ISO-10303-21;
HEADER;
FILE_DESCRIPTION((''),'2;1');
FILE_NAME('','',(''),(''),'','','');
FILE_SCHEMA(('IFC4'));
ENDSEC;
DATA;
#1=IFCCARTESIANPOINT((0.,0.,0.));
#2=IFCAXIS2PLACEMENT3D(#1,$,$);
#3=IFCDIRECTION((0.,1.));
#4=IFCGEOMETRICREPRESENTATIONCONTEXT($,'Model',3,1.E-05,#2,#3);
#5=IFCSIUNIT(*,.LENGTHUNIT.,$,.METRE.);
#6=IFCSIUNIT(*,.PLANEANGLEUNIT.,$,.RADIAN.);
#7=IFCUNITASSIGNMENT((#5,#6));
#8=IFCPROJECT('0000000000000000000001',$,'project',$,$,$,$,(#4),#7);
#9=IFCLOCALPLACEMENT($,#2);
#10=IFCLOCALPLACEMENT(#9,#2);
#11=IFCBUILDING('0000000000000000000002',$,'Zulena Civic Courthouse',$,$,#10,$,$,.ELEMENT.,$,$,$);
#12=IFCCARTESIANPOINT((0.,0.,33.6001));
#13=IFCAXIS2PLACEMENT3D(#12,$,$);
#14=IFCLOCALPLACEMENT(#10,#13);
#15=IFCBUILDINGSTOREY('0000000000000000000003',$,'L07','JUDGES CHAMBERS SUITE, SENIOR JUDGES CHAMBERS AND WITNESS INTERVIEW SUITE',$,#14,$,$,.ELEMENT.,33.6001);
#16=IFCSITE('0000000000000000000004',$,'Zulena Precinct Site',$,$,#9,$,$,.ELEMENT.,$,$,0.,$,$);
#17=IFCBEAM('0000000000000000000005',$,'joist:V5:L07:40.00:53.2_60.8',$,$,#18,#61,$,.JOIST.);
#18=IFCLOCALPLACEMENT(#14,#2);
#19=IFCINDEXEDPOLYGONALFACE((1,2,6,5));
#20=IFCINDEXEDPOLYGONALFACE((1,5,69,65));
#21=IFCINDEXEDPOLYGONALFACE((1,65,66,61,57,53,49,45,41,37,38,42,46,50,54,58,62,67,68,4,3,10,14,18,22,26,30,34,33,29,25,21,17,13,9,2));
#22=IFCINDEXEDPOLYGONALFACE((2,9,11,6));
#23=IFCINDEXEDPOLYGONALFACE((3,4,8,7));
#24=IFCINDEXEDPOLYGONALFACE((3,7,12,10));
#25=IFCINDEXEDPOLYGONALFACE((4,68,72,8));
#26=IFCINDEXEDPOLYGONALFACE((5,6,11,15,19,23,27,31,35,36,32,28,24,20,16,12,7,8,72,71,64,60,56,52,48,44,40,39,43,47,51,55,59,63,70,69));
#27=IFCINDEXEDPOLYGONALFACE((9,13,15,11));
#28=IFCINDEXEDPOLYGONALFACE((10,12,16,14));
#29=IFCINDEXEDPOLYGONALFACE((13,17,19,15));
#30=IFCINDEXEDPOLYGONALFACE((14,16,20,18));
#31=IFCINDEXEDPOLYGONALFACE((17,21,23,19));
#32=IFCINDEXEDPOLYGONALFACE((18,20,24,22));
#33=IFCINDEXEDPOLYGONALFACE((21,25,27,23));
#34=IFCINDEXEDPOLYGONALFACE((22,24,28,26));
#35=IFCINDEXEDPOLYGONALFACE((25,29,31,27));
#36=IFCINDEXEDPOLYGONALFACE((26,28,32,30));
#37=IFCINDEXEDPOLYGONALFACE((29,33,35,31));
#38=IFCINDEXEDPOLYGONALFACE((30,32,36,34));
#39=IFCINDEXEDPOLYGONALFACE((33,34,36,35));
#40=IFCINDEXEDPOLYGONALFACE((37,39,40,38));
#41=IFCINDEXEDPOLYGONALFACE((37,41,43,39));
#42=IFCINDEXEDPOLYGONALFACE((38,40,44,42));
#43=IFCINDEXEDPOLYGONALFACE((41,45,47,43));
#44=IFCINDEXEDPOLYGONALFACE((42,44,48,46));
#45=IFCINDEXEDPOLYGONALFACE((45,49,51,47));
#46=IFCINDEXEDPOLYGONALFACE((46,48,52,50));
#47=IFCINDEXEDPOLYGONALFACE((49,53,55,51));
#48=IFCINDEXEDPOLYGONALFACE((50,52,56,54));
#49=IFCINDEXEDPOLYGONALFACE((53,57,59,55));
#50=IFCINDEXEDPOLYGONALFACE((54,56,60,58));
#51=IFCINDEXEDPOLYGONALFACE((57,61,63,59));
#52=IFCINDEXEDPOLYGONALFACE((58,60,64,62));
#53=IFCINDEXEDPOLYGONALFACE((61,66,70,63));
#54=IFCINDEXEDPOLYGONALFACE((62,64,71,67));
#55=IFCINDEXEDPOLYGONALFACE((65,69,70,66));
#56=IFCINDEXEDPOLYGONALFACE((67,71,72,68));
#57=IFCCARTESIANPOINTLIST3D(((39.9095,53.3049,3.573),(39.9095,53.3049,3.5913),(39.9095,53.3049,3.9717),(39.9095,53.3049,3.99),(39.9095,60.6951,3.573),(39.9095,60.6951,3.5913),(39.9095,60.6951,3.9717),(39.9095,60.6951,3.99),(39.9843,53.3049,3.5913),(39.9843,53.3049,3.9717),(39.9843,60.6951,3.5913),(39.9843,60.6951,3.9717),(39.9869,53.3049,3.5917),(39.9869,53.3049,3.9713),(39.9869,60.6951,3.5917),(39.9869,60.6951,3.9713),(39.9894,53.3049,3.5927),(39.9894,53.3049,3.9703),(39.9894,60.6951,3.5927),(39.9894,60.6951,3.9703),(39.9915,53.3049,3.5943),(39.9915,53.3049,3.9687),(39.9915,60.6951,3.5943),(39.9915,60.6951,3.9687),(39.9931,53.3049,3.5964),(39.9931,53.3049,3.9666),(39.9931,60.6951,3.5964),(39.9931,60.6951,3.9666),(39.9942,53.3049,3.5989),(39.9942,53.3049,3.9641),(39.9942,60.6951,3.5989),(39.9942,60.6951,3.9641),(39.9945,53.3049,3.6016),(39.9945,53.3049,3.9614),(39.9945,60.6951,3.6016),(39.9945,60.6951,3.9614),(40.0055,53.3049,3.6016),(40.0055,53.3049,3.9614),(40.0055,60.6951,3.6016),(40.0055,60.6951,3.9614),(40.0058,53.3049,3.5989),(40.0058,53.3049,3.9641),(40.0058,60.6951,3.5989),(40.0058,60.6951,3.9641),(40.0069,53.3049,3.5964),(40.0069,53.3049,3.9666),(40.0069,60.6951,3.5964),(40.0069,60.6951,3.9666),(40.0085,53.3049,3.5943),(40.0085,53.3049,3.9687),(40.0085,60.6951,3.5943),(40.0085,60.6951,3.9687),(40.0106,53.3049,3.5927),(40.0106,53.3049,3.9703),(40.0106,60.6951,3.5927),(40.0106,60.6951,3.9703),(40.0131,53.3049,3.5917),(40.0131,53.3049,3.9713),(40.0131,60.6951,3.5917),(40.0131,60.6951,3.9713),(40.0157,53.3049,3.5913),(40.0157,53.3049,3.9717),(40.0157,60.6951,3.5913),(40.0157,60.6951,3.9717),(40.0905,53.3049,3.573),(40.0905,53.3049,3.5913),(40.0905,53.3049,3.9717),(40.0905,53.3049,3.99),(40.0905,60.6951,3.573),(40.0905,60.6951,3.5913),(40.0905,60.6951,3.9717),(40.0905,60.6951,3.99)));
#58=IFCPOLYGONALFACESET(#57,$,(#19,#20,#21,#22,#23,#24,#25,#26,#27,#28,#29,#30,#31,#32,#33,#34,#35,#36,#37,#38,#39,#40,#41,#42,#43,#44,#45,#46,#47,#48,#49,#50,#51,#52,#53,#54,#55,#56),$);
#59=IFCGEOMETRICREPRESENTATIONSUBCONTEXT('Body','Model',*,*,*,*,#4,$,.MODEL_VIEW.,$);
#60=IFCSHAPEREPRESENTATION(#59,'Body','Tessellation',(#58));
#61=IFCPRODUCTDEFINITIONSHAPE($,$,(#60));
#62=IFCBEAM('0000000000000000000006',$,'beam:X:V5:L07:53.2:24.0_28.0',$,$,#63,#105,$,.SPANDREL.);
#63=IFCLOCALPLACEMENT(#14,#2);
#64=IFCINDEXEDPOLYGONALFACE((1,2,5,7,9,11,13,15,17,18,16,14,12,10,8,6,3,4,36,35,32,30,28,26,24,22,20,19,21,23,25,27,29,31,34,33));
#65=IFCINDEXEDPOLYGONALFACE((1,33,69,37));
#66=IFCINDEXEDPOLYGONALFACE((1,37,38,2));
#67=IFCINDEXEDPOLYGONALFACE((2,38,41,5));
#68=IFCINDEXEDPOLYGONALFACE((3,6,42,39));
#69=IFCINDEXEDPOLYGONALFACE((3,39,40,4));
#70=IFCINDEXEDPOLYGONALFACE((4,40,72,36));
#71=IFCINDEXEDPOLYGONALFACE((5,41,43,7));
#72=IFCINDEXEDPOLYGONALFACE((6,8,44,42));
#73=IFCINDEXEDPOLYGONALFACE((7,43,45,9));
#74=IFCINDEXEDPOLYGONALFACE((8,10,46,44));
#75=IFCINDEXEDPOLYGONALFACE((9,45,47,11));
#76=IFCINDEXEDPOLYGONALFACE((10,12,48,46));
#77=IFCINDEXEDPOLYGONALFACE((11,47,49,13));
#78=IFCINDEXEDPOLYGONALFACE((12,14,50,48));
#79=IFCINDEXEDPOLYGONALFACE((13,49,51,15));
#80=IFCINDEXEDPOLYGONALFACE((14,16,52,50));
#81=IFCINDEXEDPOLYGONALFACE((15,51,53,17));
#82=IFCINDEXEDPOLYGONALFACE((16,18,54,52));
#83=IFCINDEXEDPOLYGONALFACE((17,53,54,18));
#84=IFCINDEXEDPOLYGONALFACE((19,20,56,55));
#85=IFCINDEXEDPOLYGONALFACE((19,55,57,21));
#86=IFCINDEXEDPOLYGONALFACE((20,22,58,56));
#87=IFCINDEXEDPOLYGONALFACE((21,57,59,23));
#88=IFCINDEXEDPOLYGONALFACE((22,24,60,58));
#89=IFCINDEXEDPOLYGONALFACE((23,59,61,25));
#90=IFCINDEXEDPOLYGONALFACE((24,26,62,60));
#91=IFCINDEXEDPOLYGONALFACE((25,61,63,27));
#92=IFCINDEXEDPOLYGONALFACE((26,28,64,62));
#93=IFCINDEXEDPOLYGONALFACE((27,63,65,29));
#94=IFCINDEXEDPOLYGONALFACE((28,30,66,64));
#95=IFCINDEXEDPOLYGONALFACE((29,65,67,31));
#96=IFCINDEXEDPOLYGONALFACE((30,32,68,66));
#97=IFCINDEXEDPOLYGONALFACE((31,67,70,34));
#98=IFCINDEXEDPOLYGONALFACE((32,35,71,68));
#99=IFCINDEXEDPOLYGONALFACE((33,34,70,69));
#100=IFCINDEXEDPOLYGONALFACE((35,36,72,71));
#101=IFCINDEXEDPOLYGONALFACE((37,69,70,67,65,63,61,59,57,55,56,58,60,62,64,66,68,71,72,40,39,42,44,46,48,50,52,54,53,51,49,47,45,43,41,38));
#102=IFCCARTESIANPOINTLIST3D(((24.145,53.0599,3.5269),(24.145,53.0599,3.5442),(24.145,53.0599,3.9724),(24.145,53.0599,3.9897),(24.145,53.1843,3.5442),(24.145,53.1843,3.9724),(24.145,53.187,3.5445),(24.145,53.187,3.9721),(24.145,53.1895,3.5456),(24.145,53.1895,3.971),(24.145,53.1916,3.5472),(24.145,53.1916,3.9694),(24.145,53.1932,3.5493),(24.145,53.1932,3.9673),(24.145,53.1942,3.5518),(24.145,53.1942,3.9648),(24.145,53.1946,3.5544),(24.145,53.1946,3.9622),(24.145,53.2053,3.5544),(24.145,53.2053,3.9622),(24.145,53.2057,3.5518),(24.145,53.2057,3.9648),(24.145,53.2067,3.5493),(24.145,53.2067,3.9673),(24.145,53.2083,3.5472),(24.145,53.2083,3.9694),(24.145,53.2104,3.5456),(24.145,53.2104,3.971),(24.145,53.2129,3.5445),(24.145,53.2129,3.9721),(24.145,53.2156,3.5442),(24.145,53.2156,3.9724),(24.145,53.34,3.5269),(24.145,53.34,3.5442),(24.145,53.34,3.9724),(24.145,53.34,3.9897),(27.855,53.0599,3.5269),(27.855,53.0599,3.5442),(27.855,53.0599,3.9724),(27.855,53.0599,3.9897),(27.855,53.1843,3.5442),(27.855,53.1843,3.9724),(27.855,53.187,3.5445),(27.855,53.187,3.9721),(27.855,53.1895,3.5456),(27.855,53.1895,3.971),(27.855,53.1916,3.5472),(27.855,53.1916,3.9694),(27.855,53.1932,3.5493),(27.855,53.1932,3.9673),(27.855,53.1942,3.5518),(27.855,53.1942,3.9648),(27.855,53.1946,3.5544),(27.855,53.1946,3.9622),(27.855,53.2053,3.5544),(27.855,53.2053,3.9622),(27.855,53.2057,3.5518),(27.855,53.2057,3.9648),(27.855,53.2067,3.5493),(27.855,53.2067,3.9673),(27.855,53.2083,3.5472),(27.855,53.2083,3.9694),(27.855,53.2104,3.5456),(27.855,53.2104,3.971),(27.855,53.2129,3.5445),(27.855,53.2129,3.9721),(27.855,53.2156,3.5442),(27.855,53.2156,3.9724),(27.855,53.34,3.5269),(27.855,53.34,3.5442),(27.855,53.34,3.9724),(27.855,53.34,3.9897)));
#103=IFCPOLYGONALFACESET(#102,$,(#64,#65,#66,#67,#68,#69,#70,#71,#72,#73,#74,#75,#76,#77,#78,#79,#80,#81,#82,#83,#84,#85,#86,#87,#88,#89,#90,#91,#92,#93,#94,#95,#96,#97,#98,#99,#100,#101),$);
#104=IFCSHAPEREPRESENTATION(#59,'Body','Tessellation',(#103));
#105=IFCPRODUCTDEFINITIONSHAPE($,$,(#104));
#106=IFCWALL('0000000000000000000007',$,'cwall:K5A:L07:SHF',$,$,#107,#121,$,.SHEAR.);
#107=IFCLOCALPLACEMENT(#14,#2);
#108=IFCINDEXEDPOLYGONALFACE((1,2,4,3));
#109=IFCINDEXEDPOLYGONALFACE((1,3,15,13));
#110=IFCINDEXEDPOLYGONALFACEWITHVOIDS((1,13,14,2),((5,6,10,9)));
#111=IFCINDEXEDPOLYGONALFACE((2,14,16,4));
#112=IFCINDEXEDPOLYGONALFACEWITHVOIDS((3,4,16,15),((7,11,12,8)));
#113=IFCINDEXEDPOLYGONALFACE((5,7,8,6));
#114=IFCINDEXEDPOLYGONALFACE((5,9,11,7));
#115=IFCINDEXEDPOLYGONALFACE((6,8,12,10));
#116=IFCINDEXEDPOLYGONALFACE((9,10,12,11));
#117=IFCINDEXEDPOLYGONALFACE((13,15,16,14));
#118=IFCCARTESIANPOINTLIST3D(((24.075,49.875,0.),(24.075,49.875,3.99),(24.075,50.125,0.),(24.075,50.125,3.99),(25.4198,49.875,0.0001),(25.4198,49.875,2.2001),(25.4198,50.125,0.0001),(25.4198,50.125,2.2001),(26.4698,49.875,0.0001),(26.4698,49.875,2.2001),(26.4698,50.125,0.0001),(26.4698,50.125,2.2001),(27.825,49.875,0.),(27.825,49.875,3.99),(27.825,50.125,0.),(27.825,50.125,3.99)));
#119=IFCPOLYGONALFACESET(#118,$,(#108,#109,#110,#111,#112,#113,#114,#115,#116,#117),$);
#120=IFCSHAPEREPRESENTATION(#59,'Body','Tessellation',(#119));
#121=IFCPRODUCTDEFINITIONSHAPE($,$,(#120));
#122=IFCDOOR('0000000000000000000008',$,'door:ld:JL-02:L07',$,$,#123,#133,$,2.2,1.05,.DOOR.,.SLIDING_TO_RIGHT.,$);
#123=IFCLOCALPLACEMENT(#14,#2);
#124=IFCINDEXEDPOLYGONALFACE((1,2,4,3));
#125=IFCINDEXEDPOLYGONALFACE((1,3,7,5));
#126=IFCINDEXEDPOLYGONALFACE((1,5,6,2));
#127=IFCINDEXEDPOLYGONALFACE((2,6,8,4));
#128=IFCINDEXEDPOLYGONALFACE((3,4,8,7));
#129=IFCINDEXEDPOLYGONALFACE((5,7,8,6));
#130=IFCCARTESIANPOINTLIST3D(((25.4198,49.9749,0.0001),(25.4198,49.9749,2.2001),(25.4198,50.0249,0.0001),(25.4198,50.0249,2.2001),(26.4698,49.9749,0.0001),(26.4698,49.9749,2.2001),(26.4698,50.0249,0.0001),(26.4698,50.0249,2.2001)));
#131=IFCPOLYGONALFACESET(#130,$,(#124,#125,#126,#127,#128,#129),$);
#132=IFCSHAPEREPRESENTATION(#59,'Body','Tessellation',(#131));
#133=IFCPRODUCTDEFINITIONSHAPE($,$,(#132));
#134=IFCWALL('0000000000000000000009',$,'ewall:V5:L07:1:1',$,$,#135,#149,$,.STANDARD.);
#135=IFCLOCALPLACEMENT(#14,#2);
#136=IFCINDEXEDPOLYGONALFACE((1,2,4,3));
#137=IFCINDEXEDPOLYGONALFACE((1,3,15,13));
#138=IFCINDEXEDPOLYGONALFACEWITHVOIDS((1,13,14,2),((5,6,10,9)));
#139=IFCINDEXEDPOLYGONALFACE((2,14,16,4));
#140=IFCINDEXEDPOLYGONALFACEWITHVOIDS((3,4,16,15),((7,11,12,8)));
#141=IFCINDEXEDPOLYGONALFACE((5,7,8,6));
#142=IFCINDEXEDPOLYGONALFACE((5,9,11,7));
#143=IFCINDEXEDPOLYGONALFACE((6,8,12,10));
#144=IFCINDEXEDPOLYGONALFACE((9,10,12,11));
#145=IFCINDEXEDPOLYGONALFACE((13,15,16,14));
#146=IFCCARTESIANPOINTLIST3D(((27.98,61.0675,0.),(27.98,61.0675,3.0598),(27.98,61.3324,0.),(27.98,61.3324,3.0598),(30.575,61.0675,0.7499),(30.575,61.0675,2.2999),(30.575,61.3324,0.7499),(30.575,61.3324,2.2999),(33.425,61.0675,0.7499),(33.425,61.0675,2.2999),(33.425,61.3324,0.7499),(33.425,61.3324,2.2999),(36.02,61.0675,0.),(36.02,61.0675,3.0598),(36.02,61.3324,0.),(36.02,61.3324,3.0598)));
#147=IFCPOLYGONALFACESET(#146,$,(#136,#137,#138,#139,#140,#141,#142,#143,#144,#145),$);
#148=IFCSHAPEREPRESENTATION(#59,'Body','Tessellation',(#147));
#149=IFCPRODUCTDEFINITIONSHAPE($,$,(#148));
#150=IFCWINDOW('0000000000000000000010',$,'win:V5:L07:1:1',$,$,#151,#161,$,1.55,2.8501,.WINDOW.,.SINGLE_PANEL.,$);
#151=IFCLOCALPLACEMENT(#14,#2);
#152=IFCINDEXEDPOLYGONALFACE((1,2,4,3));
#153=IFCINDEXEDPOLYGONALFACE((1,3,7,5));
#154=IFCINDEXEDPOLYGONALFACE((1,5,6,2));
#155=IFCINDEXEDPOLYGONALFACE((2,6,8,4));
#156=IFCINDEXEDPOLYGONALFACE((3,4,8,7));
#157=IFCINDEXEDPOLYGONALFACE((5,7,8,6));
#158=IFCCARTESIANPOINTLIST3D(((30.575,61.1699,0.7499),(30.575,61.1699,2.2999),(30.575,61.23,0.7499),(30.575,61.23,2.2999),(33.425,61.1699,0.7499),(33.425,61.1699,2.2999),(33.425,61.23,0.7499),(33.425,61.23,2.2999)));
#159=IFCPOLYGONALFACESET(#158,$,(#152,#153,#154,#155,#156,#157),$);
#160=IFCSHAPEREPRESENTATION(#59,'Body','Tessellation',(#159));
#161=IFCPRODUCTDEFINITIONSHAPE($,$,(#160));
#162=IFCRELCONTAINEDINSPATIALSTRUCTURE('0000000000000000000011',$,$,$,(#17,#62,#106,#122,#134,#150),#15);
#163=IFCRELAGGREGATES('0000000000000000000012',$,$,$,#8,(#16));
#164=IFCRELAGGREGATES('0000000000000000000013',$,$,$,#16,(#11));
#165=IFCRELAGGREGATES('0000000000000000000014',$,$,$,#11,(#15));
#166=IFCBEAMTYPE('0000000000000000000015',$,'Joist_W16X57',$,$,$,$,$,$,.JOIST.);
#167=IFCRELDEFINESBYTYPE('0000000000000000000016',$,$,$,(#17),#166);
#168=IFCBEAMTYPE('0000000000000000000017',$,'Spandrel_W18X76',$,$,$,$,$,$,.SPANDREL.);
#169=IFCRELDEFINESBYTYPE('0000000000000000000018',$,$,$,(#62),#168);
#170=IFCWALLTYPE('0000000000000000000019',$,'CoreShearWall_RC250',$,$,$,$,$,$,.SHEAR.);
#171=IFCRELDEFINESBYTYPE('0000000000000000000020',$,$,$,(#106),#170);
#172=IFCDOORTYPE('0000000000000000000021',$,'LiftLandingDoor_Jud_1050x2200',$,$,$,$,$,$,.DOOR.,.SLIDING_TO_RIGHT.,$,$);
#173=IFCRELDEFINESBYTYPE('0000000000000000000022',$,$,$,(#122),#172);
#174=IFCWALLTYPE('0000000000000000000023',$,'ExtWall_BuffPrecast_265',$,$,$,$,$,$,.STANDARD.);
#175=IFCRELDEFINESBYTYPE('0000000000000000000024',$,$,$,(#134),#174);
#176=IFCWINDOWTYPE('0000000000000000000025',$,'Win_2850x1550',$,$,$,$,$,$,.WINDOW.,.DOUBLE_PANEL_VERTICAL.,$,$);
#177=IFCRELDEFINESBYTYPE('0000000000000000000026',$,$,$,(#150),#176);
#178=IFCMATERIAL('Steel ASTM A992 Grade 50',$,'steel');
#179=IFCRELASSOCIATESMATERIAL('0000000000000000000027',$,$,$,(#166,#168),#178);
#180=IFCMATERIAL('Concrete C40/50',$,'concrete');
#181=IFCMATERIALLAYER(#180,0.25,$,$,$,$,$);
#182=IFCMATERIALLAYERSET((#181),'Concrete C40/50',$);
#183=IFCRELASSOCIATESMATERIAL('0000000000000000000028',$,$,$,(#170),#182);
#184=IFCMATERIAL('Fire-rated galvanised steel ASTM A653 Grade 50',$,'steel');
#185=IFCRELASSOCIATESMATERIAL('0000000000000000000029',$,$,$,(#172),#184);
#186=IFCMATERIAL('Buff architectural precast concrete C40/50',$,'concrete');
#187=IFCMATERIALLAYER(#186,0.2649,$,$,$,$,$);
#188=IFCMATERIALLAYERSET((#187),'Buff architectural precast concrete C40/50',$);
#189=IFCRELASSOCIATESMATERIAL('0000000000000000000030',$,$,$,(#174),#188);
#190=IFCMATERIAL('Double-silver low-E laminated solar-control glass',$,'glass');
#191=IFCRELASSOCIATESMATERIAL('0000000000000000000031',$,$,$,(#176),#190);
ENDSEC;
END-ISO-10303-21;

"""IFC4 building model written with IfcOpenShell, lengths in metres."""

from ifc_helpers import new_model, si_unit, direction, frame, frame_2d, origin, origin_2d, place, context, subcontext, project, spatial, rectangle, i_section, extrude, material, layer, layer_set, material_profile, profile_set, type_object, element, fill, save


model = new_model("IFC4")

# Units and contexts
model_context = context("Model", 3, precision=1e-05, world=origin(), true_north=direction((0.0, 1.0)))
body_context = subcontext(model_context, "Body", "Model", "MODEL_VIEW")
ifc_project = project(units=[si_unit("LENGTHUNIT", "METRE"), si_unit("PLANEANGLEUNIT", "RADIAN")], contexts=[model_context])

# Site, building, storey
site_placement = place(None, origin())
site = spatial("IfcSite", under=ifc_project, at=site_placement, Name="Zulena Precinct Site", CompositionType="ELEMENT", RefElevation=0.0)
building_placement = place(site_placement, origin())
building = spatial("IfcBuilding", under=site, at=building_placement, Name="Zulena Civic Courthouse", CompositionType="ELEMENT")
storey_placement = place(building_placement, frame((0.0, 0.0, 33.6001)))
storey = spatial("IfcBuildingStorey", under=building, at=storey_placement, Name="L07", Description="JUDGES CHAMBERS SUITE, SENIOR JUDGES CHAMBERS AND WITNESS INTERVIEW SUITE", CompositionType="ELEMENT", Elevation=33.6001)

# Shared definitions
ifc_material_1 = material(Name="Steel ASTM A992 Grade 50", Category="steel")

# Beams
ifc_material_profile_1 = material_profile(ifc_material_1, i_section(OverallWidth=0.1809, OverallDepth=0.417, WebThickness=0.011, FlangeThickness=0.0183, FilletRadius=0.0103, at=origin_2d()), Name="W16X57")
ifc_profile_set_1 = profile_set([ifc_material_profile_1], Name="Steel ASTM A992 Grade 50")
beam_type_1 = type_object("IfcBeamType", Name="Joist_W16X57", PredefinedType="JOIST", material=ifc_profile_set_1)
for number, where, z_axis, x_axis, name in (
    (1, (40.0, 53.3049, 3.7815), (0.0, 1.0, 0.0), (-1.0, 0.0, 0.0), "joist:V5:L07:40.00:53.2_60.8"),
):
    element("IfcBeam", number, at=place(storey_placement, frame(where, z_axis=z_axis, x_axis=x_axis)), inside=storey, type_object=beam_type_1, Name=name, PredefinedType="JOIST", context=body_context, shape_type="SweptSolid", body=[
        extrude(i_section(OverallWidth=0.1809, OverallDepth=0.417, WebThickness=0.011, FlangeThickness=0.0183, FilletRadius=0.0103, at=origin_2d()), origin(), (0.0, 0.0, 1.0), 7.3901),
    ])
ifc_material_profile_2 = material_profile(ifc_material_1, i_section(OverallWidth=0.28, OverallDepth=0.4629, WebThickness=0.0107, FlangeThickness=0.0173, FilletRadius=0.0103, at=origin_2d()), Name="W18X76")
ifc_profile_set_2 = profile_set([ifc_material_profile_2], Name="Steel ASTM A992 Grade 50")
beam_type_2 = type_object("IfcBeamType", Name="Spandrel_W18X76", PredefinedType="SPANDREL", material=ifc_profile_set_2)
beam_placement = place(storey_placement, frame((24.145, 53.2, 3.7583), z_axis=(1.0, 0.0, 0.0), x_axis=(0.0, 1.0, 0.0)))
element("IfcBeam", 2, at=beam_placement, inside=storey, type_object=beam_type_2, Name="beam:X:V5:L07:53.2:24.0_28.0", PredefinedType="SPANDREL", context=body_context, shape_type="SweptSolid", body=[
    extrude(i_section(OverallWidth=0.28, OverallDepth=0.4629, WebThickness=0.0107, FlangeThickness=0.0173, FilletRadius=0.0103, at=origin_2d()), origin(), (0.0, 0.0, 1.0), 3.71),
])

# Wall, opening, door
ifc_material_2 = material(Name="Concrete C40/50", Category="concrete")
ifc_layer_1 = layer(ifc_material_2, 0.25)
ifc_layer_set_1 = layer_set([ifc_layer_1], Name="Concrete C40/50")
wall_type_1 = type_object("IfcWallType", Name="CoreShearWall_RC250", PredefinedType="SHEAR", material=ifc_layer_set_1)
wall_1_placement = place(storey_placement, frame((24.075, 50.0, 0.0), z_axis=(0.0, 0.0, 1.0), x_axis=(1.0, 0.0, 0.0)))
wall_1 = element("IfcWall", 3, at=wall_1_placement, inside=storey, type_object=wall_type_1, Name="cwall:K5A:L07:SHF", PredefinedType="SHEAR", context=body_context, shape_type="SweptSolid", body=[
    extrude(rectangle(XDim=3.75, YDim=0.25, at=frame_2d((1.875, 0.0))), origin(), (0.0, 0.0, 1.0), 3.99),
])
opening_1_placement = place(wall_1_placement, frame((1.345, 0.0, 0.0)))
opening_1 = element("IfcOpeningElement", 4, at=opening_1_placement, cuts=wall_1, PredefinedType="OPENING", context=body_context, shape_type="SweptSolid", body=[
    extrude(rectangle(XDim=1.05, YDim=2.2, at=frame_2d((0.5249, 1.1001))), frame((0.0, 0.135, 0.0), z_axis=(0.0, -1.0, 0.0), x_axis=(1.0, 0.0, 0.0)), (0.0, 0.0, 1.0), 0.27),
])
ifc_material_3 = material(Name="Fire-rated galvanised steel ASTM A653 Grade 50", Category="steel")
door_type_1 = type_object("IfcDoorType", Name="LiftLandingDoor_Jud_1050x2200", OperationType="SLIDING_TO_RIGHT", PredefinedType="DOOR", material=ifc_material_3)
door_1_placement = place(opening_1_placement, origin())
door_1 = element("IfcDoor", 5, at=door_1_placement, inside=storey, type_object=door_type_1, Name="door:ld:JL-02:L07", OperationType="SLIDING_TO_RIGHT", OverallHeight=2.2, OverallWidth=1.05, PredefinedType="DOOR", context=body_context, shape_type="SweptSolid", body=[
    extrude(rectangle(XDim=1.05, YDim=2.2, at=frame_2d((0.5249, 1.1001))), frame((0.0, 0.0249, 0.0), z_axis=(0.0, -1.0, 0.0), x_axis=(1.0, 0.0, 0.0)), (0.0, 0.0, 1.0), 0.05),
])
fill(opening_1, door_1)

# Wall, opening, window
ifc_material_4 = material(Name="Buff architectural precast concrete C40/50", Category="concrete")
ifc_layer_2 = layer(ifc_material_4, 0.2649)
ifc_layer_set_2 = layer_set([ifc_layer_2], Name="Buff architectural precast concrete C40/50")
wall_type_2 = type_object("IfcWallType", Name="ExtWall_BuffPrecast_265", PredefinedType="STANDARD", material=ifc_layer_set_2)
wall_2_placement = place(storey_placement, frame((27.98, 61.2, 0.0), z_axis=(0.0, 0.0, 1.0), x_axis=(1.0, 0.0, 0.0)))
wall_2 = element("IfcWall", 6, at=wall_2_placement, inside=storey, type_object=wall_type_2, Name="ewall:V5:L07:1:1", PredefinedType="STANDARD", context=body_context, shape_type="SweptSolid", body=[
    extrude(rectangle(XDim=8.04, YDim=0.2649, at=frame_2d((4.02, 0.0))), origin(), (0.0, 0.0, 1.0), 3.0598),
])
opening_2_placement = place(wall_2_placement, frame((2.595, 0.0, 0.75)))
opening_2 = element("IfcOpeningElement", 7, at=opening_2_placement, cuts=wall_2, PredefinedType="OPENING", context=body_context, shape_type="SweptSolid", body=[
    extrude(rectangle(XDim=2.8501, YDim=1.55, at=frame_2d((1.425, 0.7749))), frame((0.0, 0.1423, 0.0), z_axis=(0.0, -1.0, 0.0), x_axis=(1.0, 0.0, 0.0)), (0.0, 0.0, 1.0), 0.2849),
])
ifc_material_5 = material(Name="Double-silver low-E laminated solar-control glass", Category="glass")
window_type_1 = type_object("IfcWindowType", Name="Win_2850x1550", PartitioningType="DOUBLE_PANEL_VERTICAL", PredefinedType="WINDOW", material=ifc_material_5)
window_1_placement = place(opening_2_placement, origin())
window_1 = element("IfcWindow", 8, at=window_1_placement, inside=storey, type_object=window_type_1, Name="win:V5:L07:1:1", OverallHeight=1.55, OverallWidth=2.8501, PartitioningType="SINGLE_PANEL", PredefinedType="WINDOW", context=body_context, shape_type="SweptSolid", body=[
    extrude(rectangle(XDim=2.8501, YDim=1.55, at=frame_2d((1.425, 0.7749))), frame((0.0, 0.03, 0.0), z_axis=(0.0, -1.0, 0.0), x_axis=(1.0, 0.0, 0.0)), (0.0, 0.0, 1.0), 0.0601),
])
fill(opening_2, window_1)

save(model, "model.ifc")
